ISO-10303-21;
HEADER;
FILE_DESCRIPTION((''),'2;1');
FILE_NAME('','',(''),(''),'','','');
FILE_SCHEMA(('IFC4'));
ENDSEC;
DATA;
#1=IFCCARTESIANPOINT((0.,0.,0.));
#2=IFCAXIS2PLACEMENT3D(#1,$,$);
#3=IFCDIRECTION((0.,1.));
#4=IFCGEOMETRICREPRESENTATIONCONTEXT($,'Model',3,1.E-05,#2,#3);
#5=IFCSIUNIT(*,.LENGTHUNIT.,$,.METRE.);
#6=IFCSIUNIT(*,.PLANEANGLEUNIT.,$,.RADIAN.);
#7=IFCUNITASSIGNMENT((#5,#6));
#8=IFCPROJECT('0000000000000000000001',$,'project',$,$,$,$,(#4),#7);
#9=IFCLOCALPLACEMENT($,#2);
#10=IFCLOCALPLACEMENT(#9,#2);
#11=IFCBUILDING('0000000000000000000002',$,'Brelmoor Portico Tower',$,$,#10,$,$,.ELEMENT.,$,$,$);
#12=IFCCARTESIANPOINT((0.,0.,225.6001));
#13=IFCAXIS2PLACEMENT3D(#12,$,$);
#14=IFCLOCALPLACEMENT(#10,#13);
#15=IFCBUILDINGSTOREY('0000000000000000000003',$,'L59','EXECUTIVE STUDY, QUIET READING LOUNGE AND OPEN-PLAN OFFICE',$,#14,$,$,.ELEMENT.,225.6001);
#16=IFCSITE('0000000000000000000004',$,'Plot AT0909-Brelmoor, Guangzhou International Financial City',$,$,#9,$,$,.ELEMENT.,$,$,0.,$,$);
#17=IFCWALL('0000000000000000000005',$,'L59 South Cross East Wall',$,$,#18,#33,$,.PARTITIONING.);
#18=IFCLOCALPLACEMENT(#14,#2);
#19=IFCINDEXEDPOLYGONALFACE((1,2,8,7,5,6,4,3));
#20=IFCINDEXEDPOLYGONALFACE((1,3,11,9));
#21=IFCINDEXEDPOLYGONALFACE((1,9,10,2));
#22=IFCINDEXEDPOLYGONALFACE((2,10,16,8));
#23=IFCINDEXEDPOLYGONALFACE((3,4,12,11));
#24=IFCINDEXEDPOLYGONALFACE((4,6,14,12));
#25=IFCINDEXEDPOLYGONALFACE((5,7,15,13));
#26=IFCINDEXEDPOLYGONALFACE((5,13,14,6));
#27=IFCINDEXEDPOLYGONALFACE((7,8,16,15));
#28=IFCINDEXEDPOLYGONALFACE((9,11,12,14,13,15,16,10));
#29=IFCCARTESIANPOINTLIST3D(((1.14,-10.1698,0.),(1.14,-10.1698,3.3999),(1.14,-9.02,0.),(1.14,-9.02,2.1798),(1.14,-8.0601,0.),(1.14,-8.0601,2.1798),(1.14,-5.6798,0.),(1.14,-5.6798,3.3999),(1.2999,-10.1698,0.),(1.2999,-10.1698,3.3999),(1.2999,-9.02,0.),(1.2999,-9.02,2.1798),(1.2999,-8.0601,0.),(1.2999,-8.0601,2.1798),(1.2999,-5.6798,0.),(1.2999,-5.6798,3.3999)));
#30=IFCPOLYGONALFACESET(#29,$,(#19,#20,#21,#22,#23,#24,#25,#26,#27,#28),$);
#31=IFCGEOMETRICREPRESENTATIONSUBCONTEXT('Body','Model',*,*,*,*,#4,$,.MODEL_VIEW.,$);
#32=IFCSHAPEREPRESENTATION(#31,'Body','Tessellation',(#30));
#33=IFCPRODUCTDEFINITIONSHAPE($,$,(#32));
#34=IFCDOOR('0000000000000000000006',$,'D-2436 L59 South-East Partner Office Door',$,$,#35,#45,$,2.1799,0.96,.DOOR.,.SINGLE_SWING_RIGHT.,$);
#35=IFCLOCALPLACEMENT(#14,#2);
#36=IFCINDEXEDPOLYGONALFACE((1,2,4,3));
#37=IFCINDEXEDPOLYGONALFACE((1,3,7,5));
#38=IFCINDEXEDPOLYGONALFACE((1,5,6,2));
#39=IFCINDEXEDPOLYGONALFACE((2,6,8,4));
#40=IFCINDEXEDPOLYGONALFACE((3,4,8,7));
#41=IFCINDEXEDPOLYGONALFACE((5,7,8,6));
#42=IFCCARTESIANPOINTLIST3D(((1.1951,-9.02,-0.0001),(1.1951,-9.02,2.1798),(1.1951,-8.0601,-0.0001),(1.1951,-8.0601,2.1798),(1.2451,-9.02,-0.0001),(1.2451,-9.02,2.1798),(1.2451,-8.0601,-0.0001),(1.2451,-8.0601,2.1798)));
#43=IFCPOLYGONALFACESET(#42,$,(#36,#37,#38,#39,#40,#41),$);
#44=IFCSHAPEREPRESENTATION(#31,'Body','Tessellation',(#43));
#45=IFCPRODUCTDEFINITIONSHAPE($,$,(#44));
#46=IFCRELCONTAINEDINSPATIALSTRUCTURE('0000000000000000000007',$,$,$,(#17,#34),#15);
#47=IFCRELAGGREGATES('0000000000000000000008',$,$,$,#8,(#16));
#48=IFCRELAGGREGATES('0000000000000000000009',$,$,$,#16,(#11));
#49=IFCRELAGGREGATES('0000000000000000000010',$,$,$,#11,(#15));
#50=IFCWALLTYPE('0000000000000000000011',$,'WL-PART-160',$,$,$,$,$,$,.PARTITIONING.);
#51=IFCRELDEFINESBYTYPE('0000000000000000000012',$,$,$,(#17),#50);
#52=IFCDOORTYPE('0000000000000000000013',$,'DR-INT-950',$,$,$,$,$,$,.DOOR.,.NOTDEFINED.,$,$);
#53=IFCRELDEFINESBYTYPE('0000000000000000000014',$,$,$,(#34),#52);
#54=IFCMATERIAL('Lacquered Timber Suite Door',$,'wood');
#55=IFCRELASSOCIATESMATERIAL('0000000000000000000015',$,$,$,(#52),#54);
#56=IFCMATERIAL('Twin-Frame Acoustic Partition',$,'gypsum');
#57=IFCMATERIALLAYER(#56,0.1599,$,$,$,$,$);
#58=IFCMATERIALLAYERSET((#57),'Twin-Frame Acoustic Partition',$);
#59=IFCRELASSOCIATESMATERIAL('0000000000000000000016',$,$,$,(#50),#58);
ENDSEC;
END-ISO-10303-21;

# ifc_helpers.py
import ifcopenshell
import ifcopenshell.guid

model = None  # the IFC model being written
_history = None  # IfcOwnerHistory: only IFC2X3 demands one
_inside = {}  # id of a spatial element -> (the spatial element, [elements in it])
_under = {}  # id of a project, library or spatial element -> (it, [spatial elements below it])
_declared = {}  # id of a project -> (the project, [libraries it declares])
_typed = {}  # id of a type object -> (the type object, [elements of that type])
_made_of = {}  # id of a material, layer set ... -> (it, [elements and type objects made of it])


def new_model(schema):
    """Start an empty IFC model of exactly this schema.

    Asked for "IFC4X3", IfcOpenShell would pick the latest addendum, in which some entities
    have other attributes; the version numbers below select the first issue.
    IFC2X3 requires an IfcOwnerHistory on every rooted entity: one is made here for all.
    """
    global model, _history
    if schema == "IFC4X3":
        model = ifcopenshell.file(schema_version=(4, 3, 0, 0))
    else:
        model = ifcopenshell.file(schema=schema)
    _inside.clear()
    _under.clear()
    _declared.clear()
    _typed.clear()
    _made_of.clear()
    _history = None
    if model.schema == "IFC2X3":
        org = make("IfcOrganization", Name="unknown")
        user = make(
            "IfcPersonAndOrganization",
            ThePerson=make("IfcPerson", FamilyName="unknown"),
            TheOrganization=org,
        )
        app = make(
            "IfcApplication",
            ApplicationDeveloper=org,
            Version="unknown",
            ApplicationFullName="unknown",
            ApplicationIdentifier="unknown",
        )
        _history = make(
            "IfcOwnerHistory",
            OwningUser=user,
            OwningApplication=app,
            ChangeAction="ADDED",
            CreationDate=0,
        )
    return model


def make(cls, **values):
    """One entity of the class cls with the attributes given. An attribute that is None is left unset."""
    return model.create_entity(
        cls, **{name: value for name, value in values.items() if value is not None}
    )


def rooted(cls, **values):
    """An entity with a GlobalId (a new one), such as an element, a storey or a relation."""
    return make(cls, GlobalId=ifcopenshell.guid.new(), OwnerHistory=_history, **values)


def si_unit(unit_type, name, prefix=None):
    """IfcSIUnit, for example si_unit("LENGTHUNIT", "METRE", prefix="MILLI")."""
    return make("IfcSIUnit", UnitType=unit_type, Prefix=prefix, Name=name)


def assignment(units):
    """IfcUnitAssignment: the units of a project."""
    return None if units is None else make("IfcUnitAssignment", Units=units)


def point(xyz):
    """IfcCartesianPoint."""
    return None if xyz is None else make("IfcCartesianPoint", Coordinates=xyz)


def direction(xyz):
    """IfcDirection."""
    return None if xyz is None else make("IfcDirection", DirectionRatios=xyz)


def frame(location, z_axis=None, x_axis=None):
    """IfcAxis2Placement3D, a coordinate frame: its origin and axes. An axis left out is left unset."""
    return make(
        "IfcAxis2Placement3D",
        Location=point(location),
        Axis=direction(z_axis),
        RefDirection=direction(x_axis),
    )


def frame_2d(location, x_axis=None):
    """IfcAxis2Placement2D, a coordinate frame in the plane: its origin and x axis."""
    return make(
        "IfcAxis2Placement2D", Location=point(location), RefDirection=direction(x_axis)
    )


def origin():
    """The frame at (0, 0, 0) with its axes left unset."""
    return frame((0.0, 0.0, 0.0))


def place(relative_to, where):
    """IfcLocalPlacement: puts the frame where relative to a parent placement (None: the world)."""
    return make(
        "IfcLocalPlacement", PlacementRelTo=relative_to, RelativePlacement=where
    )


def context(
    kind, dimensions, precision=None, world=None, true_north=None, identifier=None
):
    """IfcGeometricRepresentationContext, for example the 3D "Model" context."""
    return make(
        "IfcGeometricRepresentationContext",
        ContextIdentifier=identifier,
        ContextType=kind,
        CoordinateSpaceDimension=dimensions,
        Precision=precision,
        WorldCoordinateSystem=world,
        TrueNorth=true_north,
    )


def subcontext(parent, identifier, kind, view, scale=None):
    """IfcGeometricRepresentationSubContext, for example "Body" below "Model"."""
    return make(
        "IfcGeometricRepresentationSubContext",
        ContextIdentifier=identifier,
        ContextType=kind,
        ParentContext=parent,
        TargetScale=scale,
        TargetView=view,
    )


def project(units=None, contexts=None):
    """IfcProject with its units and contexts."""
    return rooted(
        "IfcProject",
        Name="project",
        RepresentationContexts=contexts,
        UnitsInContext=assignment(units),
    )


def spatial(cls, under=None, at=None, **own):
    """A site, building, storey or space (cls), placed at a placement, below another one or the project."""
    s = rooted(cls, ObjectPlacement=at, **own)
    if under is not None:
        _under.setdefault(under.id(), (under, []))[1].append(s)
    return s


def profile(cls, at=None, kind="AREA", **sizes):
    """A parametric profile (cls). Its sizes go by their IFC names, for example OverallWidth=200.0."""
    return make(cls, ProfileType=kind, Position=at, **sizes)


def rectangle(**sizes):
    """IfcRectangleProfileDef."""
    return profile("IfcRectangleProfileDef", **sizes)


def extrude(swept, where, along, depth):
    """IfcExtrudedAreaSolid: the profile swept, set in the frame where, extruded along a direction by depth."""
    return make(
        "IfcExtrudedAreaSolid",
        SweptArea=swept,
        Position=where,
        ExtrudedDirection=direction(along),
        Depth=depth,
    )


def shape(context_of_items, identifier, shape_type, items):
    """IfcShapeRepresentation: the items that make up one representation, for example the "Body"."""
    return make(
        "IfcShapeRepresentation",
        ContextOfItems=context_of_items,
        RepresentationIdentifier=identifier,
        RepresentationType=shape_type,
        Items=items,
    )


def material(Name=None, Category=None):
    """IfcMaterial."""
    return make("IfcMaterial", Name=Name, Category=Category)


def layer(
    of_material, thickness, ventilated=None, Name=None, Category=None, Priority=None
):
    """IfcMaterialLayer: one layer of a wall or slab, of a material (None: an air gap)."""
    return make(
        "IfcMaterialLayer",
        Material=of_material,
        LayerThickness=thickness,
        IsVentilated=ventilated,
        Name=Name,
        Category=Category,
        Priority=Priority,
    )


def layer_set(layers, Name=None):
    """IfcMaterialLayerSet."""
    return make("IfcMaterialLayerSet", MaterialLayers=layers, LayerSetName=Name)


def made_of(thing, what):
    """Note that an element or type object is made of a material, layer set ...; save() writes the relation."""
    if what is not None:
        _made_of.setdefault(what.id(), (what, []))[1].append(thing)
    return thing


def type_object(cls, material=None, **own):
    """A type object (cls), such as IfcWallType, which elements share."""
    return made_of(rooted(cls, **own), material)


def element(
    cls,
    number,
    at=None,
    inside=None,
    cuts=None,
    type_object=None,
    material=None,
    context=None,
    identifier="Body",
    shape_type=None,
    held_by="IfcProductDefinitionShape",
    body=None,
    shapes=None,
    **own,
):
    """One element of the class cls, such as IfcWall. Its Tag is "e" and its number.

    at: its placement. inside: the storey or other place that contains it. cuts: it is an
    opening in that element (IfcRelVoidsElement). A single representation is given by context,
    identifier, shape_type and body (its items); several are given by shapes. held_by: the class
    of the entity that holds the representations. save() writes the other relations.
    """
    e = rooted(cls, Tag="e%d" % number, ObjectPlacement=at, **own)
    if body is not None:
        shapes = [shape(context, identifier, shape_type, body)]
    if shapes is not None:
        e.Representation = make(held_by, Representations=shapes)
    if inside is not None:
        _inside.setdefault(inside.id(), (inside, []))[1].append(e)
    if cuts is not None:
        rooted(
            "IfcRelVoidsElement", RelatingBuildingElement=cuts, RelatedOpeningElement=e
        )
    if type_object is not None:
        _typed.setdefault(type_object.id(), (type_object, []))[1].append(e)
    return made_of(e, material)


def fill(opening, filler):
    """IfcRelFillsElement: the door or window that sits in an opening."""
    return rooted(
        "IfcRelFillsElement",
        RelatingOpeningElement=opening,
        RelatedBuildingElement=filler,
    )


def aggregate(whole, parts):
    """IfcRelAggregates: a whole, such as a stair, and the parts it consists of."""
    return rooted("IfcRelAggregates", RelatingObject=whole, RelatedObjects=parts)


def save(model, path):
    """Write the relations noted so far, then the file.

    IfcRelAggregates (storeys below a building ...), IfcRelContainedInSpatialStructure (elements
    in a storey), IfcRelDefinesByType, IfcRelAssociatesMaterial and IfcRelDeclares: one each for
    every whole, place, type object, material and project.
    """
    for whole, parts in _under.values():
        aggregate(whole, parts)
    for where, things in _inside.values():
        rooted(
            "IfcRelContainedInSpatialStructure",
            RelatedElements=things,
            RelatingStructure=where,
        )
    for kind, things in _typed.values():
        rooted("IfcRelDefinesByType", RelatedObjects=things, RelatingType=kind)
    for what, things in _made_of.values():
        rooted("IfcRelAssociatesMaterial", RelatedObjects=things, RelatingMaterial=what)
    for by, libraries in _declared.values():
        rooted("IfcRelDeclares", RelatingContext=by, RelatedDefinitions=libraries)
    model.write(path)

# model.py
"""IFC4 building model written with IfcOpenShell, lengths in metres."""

from ifc_helpers import new_model, si_unit, direction, frame, frame_2d, origin, place, context, subcontext, project, spatial, rectangle, extrude, material, layer, layer_set, type_object, element, fill, save


model = new_model("IFC4")

# Units and contexts
model_context = context("Model", 3, precision=1e-05, world=origin(), true_north=direction((0.0, 1.0)))
body_context = subcontext(model_context, "Body", "Model", "MODEL_VIEW")
ifc_project = project(units=[si_unit("LENGTHUNIT", "METRE"), si_unit("PLANEANGLEUNIT", "RADIAN")], contexts=[model_context])

# Site, building, storey
site_placement = place(None, origin())
site = spatial("IfcSite", under=ifc_project, at=site_placement, Name="Plot AT0909-Brelmoor, Guangzhou International Financial City", CompositionType="ELEMENT", RefElevation=0.0)
building_placement = place(site_placement, origin())
building = spatial("IfcBuilding", under=site, at=building_placement, Name="Brelmoor Portico Tower", CompositionType="ELEMENT")
storey_placement = place(building_placement, frame((0.0, 0.0, 225.6001)))
storey = spatial("IfcBuildingStorey", under=building, at=storey_placement, Name="L59", Description="EXECUTIVE STUDY, QUIET READING LOUNGE AND OPEN-PLAN OFFICE", CompositionType="ELEMENT", Elevation=225.6001)

# Wall, opening, door
ifc_material_1 = material(Name="Lacquered Timber Suite Door", Category="wood")
door_type = type_object("IfcDoorType", Name="DR-INT-950", OperationType="NOTDEFINED", PredefinedType="DOOR", material=ifc_material_1)
ifc_material_2 = material(Name="Twin-Frame Acoustic Partition", Category="gypsum")
ifc_layer_1 = layer(ifc_material_2, 0.1599)
ifc_layer_set_1 = layer_set([ifc_layer_1], Name="Twin-Frame Acoustic Partition")
wall_type_1 = type_object("IfcWallType", Name="WL-PART-160", PredefinedType="PARTITIONING", material=ifc_layer_set_1)
wall_1_placement = place(storey_placement, frame((1.22, -10.1699, 0.0), z_axis=(0.0, 0.0, 1.0), x_axis=(0.0, 1.0, 0.0)))
wall_1 = element("IfcWall", 1, at=wall_1_placement, inside=storey, type_object=wall_type_1, Name="L59 South Cross East Wall", PredefinedType="PARTITIONING", context=body_context, shape_type="SweptSolid", body=[
    extrude(rectangle(XDim=4.49, YDim=0.1599, at=frame_2d((2.2451, 0.0))), origin(), (0.0, 0.0, 1.0), 3.3999),
])
opening_1_placement = place(wall_1_placement, frame((1.1499, 0.0, 0.0)))
opening_1 = element("IfcOpeningElement", 2, at=opening_1_placement, cuts=wall_1, PredefinedType="OPENING", context=body_context, shape_type="SweptSolid", body=[
    extrude(rectangle(XDim=0.96, YDim=2.1799, at=frame_2d((0.48, 1.0898))), frame((0.0, 0.0898, 0.0), z_axis=(0.0, -1.0, 0.0), x_axis=(1.0, 0.0, 0.0)), (0.0, 0.0, 1.0), 0.1799),
])
door_1_placement = place(opening_1_placement, origin())
door_1 = element("IfcDoor", 3, at=door_1_placement, inside=storey, type_object=door_type, Name="D-2436 L59 South-East Partner Office Door", OperationType="SINGLE_SWING_RIGHT", OverallHeight=2.1799, OverallWidth=0.96, PredefinedType="DOOR", context=body_context, shape_type="SweptSolid", body=[
    extrude(rectangle(XDim=0.96, YDim=2.1799, at=frame_2d((0.48, 1.0898))), frame((0.0, 0.0249, 0.0), z_axis=(0.0, -1.0, 0.0), x_axis=(1.0, 0.0, 0.0)), (0.0, 0.0, 1.0), 0.05),
])
fill(opening_1, door_1)

save(model, "model.ifc")
